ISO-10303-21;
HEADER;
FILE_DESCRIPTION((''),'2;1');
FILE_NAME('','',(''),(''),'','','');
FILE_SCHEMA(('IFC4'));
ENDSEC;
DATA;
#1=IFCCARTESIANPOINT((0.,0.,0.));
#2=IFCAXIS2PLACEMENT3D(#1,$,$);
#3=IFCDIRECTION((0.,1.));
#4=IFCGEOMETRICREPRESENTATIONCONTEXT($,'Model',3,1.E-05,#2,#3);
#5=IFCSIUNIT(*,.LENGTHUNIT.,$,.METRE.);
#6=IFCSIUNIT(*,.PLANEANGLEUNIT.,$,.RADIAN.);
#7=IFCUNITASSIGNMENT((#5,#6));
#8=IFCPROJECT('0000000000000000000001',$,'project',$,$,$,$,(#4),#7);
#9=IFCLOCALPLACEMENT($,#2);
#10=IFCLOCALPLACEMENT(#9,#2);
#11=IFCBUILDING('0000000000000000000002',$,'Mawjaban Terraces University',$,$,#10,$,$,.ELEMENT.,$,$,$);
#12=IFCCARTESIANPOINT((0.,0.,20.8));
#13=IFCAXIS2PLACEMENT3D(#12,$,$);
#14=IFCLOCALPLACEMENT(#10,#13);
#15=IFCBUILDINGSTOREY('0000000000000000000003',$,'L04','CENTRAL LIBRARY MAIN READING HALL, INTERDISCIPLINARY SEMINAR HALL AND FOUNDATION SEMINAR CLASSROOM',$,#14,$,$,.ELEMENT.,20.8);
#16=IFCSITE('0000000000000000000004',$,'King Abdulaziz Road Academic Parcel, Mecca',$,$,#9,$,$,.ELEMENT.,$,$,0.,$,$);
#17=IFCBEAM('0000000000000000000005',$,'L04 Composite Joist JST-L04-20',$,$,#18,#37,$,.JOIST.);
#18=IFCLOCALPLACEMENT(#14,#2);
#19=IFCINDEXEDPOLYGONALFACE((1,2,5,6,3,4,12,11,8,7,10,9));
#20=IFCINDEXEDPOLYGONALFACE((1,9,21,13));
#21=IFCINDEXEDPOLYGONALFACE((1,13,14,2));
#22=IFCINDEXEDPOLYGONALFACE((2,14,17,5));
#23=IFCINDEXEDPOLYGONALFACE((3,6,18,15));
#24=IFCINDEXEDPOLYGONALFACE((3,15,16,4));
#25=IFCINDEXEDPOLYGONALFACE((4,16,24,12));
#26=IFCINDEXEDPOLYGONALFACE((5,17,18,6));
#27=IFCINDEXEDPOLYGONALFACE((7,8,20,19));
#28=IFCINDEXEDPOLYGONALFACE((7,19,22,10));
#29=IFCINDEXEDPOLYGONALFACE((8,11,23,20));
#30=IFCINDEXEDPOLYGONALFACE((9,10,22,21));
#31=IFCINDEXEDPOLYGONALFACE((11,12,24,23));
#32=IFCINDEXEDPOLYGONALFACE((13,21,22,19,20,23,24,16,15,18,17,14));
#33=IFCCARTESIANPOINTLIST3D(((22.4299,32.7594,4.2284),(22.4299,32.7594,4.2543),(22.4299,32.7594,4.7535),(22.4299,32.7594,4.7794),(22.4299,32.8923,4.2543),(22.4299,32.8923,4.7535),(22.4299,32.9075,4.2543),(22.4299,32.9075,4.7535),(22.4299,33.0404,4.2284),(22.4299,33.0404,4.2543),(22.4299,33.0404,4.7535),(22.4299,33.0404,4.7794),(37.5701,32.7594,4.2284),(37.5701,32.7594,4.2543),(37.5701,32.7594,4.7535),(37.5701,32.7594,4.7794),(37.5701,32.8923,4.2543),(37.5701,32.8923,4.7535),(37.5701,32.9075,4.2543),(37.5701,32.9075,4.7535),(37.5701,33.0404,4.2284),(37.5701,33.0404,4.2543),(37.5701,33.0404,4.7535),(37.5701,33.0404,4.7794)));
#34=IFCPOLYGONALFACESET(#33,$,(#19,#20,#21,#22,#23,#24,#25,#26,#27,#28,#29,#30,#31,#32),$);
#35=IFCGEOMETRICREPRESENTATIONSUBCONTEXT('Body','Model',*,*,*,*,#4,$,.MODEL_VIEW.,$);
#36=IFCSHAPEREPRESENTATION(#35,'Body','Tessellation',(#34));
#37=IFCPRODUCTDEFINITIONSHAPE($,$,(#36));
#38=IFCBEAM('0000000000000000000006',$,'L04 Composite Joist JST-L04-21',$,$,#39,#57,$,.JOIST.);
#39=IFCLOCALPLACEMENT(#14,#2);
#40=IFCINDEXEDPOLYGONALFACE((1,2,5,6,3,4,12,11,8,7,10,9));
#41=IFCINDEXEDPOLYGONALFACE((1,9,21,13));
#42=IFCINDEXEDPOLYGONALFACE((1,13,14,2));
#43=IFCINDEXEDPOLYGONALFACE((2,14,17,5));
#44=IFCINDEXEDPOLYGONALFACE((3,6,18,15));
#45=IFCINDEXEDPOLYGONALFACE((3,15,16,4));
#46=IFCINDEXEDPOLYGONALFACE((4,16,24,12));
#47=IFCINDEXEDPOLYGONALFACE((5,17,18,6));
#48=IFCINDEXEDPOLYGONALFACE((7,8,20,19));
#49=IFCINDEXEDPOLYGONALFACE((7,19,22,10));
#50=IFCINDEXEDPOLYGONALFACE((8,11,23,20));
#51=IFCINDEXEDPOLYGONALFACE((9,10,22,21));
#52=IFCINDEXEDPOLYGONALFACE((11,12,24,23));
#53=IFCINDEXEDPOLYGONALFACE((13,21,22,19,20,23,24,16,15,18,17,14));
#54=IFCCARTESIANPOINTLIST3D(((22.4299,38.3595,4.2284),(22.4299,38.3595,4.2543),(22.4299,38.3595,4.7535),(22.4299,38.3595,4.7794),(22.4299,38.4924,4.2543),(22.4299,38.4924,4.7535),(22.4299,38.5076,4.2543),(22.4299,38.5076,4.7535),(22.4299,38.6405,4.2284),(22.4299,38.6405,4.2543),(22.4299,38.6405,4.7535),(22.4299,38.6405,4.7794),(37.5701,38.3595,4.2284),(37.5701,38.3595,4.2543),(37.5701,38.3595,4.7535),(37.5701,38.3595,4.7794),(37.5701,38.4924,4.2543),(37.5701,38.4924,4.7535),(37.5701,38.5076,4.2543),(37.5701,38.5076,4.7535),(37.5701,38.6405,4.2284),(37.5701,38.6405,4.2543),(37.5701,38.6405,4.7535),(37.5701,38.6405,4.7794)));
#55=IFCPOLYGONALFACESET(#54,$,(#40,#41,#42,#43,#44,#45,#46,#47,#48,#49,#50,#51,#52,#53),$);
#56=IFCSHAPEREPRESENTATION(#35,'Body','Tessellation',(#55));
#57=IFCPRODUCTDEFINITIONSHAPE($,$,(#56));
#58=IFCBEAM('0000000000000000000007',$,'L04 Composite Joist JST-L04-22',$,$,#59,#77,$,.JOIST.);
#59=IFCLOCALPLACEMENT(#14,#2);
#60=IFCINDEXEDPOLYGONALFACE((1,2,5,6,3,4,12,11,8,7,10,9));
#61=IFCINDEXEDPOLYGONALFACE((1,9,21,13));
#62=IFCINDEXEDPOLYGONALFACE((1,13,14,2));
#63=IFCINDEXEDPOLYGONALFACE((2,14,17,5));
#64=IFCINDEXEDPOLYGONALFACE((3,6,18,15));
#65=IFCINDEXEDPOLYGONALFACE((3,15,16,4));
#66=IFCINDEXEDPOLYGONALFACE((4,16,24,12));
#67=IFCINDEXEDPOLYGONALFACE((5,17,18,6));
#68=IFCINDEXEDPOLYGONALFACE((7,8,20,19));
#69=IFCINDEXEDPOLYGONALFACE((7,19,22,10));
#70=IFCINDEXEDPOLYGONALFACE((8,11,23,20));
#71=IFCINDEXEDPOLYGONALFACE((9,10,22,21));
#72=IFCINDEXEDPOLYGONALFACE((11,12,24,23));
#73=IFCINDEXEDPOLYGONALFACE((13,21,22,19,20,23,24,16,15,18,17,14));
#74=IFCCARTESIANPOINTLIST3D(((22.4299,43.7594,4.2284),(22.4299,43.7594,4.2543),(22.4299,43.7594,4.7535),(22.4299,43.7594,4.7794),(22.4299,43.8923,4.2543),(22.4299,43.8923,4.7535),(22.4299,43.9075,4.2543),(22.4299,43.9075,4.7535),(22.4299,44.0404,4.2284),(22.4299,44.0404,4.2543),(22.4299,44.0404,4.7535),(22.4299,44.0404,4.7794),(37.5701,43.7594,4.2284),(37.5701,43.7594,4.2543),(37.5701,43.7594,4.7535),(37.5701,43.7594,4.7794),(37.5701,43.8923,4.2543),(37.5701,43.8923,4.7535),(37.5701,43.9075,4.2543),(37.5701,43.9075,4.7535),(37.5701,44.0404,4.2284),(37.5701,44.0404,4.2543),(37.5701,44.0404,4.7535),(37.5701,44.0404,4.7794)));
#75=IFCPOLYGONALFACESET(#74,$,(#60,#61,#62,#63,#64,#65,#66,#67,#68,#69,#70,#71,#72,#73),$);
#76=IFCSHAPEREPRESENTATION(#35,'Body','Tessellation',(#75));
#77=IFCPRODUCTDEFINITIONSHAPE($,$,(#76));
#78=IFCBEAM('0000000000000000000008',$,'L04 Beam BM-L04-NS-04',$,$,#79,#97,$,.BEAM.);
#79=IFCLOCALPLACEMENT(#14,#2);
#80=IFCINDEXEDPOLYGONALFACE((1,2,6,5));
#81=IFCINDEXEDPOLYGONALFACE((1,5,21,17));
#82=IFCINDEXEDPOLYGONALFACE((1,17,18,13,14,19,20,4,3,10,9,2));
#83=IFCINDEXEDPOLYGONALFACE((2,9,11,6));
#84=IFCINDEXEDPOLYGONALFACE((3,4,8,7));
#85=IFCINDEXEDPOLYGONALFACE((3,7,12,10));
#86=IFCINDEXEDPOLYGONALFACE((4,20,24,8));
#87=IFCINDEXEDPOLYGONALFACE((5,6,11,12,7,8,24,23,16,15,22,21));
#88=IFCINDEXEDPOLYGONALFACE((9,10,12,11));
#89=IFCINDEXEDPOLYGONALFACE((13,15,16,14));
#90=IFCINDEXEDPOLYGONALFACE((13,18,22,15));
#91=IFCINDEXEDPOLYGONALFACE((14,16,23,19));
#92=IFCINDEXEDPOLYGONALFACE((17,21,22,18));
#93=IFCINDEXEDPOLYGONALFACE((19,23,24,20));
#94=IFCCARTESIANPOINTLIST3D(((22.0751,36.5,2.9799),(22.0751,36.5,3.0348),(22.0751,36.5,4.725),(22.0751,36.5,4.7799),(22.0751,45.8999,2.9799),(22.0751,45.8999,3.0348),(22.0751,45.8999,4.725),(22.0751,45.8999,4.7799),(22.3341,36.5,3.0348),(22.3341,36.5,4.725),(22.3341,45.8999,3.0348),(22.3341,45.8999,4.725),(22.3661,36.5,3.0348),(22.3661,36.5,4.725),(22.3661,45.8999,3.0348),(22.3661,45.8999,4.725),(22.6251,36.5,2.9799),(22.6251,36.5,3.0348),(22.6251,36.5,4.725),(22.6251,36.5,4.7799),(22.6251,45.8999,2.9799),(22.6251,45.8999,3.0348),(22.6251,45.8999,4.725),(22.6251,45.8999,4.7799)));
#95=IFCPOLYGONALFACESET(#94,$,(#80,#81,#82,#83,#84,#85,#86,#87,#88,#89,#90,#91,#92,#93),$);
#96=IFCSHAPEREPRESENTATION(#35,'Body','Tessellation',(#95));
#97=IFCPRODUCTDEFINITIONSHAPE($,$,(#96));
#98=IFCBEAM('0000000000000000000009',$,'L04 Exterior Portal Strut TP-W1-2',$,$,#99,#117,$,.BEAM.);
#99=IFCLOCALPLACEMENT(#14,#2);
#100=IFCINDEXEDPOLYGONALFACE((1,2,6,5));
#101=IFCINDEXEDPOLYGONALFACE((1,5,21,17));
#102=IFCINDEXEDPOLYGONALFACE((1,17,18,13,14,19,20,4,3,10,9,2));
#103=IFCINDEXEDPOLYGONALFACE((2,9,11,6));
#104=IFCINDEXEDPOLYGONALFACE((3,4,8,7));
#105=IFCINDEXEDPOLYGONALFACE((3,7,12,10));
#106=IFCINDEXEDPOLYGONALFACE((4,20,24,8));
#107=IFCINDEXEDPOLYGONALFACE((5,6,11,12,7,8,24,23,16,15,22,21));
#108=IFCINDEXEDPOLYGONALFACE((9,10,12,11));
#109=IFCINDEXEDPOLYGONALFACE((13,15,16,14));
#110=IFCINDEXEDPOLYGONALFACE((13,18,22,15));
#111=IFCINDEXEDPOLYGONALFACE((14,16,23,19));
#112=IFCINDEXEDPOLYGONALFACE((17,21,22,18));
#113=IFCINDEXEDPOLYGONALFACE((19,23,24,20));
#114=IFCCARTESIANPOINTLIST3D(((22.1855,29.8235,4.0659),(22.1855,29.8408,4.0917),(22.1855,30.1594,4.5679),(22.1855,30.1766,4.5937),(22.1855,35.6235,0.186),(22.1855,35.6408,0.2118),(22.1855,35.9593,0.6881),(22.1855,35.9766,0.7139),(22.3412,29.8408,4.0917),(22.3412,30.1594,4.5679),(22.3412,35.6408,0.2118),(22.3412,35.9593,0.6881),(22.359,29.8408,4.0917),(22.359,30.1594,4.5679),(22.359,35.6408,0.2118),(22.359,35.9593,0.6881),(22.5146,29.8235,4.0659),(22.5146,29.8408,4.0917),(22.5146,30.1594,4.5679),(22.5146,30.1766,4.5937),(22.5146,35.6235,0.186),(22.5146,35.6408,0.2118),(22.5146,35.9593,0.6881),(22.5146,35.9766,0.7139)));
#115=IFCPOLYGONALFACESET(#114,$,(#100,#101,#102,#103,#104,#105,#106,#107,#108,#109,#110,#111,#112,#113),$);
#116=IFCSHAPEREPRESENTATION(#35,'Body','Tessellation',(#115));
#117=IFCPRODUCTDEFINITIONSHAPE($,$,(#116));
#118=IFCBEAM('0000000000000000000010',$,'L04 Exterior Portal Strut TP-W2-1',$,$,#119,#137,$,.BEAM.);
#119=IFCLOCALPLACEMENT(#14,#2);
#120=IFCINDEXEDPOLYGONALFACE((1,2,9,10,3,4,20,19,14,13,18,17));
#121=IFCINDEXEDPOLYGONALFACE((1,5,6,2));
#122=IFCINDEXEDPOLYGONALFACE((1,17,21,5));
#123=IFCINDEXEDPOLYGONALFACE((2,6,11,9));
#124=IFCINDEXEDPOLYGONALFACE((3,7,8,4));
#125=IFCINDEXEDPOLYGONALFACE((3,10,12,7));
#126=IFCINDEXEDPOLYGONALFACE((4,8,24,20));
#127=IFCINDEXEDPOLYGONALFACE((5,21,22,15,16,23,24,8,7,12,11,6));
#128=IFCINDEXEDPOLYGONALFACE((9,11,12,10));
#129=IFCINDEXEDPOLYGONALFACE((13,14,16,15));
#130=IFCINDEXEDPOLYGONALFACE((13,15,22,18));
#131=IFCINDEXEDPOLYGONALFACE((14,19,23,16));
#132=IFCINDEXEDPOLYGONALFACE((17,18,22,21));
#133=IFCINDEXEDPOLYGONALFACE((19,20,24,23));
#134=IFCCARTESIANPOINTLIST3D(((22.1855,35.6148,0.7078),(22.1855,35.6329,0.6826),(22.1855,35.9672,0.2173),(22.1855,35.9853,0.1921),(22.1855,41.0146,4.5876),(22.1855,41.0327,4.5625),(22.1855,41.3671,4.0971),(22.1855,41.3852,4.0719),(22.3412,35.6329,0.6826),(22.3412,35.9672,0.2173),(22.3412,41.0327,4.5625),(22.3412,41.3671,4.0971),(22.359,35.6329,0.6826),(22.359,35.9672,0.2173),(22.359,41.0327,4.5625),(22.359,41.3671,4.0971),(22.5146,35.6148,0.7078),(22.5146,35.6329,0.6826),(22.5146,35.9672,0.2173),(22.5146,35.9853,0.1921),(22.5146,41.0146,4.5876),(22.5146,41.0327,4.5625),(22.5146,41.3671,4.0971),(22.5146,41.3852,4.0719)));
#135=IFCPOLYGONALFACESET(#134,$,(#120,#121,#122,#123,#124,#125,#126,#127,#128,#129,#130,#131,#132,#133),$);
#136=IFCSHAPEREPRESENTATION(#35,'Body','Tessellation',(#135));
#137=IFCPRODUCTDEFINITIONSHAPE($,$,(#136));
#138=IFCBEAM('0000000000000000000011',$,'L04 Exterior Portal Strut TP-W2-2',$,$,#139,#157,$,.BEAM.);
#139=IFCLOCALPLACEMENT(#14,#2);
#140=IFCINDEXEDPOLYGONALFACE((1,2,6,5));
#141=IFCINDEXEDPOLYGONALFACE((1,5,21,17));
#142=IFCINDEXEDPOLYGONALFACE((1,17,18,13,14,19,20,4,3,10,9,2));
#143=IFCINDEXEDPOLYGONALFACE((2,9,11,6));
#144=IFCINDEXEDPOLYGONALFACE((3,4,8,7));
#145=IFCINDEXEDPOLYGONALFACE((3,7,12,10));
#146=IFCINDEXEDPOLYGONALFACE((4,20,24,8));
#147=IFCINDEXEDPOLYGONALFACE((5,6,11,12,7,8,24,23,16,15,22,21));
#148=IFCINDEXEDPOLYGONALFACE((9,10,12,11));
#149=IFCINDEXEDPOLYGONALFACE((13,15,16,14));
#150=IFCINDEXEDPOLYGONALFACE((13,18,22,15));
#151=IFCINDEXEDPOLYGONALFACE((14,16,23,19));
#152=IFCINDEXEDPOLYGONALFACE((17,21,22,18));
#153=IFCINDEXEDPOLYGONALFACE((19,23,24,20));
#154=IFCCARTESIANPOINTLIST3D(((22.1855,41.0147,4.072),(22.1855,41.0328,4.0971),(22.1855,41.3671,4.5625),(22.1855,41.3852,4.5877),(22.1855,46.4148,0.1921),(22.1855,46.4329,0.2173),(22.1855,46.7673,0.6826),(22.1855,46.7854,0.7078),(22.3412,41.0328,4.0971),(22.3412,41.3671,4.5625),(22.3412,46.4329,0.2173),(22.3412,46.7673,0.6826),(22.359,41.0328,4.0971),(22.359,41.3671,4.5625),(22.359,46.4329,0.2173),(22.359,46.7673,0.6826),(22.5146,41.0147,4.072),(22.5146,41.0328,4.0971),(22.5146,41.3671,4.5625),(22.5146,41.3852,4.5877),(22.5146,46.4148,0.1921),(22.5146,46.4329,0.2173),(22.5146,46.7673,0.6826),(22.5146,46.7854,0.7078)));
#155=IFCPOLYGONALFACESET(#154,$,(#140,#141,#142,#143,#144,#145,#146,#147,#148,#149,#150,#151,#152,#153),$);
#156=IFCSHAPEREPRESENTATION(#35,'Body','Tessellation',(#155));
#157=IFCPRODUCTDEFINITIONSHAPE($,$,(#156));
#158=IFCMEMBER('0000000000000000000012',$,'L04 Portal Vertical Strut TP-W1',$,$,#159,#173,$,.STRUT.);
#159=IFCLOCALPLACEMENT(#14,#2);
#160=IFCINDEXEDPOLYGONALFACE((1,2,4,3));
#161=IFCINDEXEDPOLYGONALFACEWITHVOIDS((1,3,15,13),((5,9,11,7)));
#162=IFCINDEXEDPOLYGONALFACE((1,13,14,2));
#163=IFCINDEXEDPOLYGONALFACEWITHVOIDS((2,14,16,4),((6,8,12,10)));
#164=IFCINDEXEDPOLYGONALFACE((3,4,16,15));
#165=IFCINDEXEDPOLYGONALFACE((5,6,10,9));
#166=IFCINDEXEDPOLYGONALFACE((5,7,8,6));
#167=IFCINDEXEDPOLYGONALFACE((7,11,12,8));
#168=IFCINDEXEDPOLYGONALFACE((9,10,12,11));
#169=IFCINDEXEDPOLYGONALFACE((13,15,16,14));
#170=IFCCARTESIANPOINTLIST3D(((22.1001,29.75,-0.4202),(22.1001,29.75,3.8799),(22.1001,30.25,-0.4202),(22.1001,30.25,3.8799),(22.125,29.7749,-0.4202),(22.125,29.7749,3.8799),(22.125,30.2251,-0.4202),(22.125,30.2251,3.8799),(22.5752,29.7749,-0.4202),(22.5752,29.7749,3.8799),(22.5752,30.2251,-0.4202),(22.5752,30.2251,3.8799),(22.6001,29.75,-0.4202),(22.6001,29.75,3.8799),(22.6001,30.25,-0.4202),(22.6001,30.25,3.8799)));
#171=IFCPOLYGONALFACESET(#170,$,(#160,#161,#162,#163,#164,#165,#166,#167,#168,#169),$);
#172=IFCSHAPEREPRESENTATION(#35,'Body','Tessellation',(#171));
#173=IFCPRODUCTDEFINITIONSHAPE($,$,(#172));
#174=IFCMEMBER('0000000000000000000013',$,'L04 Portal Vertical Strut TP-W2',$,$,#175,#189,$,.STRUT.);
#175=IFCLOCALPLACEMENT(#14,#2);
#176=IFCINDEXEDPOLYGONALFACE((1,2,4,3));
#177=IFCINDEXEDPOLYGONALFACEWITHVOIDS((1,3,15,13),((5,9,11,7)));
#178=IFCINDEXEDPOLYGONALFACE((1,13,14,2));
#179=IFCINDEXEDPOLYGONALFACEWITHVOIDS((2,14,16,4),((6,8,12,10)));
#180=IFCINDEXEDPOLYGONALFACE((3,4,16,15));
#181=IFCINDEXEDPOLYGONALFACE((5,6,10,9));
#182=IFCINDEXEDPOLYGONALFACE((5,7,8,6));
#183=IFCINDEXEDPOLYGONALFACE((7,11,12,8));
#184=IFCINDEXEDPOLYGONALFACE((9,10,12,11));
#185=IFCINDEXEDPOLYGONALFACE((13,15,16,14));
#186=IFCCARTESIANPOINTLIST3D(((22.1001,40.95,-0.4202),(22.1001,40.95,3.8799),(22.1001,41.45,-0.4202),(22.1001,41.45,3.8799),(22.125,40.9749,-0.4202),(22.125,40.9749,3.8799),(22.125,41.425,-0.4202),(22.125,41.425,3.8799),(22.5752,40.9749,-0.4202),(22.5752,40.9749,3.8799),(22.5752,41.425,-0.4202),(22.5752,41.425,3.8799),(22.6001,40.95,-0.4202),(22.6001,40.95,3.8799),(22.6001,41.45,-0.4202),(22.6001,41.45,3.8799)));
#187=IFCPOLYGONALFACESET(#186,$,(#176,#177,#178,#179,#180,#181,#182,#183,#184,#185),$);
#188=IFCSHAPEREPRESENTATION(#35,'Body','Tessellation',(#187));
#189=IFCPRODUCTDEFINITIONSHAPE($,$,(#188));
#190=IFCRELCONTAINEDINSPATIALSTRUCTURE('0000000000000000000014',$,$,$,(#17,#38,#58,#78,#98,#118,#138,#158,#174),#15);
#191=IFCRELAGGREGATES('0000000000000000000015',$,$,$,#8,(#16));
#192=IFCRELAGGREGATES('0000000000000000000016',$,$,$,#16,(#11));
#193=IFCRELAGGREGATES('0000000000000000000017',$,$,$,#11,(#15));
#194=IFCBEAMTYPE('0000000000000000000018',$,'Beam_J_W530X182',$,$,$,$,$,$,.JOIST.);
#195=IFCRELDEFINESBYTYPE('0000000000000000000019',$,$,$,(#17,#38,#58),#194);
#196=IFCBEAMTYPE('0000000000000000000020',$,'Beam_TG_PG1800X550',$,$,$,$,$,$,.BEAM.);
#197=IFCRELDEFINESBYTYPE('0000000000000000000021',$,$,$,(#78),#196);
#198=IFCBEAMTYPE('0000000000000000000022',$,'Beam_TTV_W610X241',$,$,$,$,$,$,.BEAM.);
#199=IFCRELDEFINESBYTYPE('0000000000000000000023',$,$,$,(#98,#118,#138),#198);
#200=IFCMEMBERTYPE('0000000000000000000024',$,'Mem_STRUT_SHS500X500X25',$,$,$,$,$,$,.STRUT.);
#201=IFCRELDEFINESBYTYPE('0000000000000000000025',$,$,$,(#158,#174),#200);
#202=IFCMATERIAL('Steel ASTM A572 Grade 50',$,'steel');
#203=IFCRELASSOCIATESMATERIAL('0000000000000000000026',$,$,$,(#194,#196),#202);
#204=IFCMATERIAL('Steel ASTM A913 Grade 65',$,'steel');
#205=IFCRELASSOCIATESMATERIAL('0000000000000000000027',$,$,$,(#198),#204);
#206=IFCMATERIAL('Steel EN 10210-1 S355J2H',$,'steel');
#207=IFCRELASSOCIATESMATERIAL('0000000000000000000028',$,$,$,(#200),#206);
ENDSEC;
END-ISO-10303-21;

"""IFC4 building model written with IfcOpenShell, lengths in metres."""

from ifc_helpers import new_model, si_unit, direction, frame, origin, origin_2d, place, context, subcontext, project, spatial, hollow_rectangle, i_section, extrude, material, material_profile, profile_set, type_object, element, save


model = new_model("IFC4")

# Units and contexts
model_context = context("Model", 3, precision=1e-05, world=origin(), true_north=direction((0.0, 1.0)))
body_context = subcontext(model_context, "Body", "Model", "MODEL_VIEW")
ifc_project = project(units=[si_unit("LENGTHUNIT", "METRE"), si_unit("PLANEANGLEUNIT", "RADIAN")], contexts=[model_context])

# Site, building, storey
site_placement = place(None, origin())
site = spatial("IfcSite", under=ifc_project, at=site_placement, Name="King Abdulaziz Road Academic Parcel, Mecca", CompositionType="ELEMENT", RefElevation=0.0)
building_placement = place(site_placement, origin())
building = spatial("IfcBuilding", under=site, at=building_placement, Name="Mawjaban Terraces University", CompositionType="ELEMENT")
storey_placement = place(building_placement, frame((0.0, 0.0, 20.8)))
storey = spatial("IfcBuildingStorey", under=building, at=storey_placement, Name="L04", Description="CENTRAL LIBRARY MAIN READING HALL, INTERDISCIPLINARY SEMINAR HALL AND FOUNDATION SEMINAR CLASSROOM", CompositionType="ELEMENT", Elevation=20.8)

# Beams
ifc_material_1 = material(Name="Steel EN 10210-1 S355J2H", Category="steel")
ifc_material_2 = material(Name="Steel ASTM A913 Grade 65", Category="steel")
ifc_material_3 = material(Name="Steel ASTM A572 Grade 50", Category="steel")
ifc_material_profile_1 = material_profile(ifc_material_3, i_section(OverallWidth=0.281, OverallDepth=0.551, WebThickness=0.0151, FlangeThickness=0.0259, at=origin_2d()), Name="W530X182")
ifc_profile_set_1 = profile_set([ifc_material_profile_1], Name="Steel ASTM A572 Grade 50")
beam_type_1 = type_object("IfcBeamType", Name="Beam_J_W530X182", PredefinedType="JOIST", material=ifc_profile_set_1)
for number, where, z_axis, x_axis, name in (
    (1, (22.4299, 32.8999, 4.5039), (1.0, 0.0, 0.0), (0.0, 1.0, 0.0), "L04 Composite Joist JST-L04-20"),
    (2, (22.4299, 38.5, 4.5039), (1.0, 0.0, 0.0), (0.0, 1.0, 0.0), "L04 Composite Joist JST-L04-21"),
    (3, (22.4299, 43.8999, 4.5039), (1.0, 0.0, 0.0), (0.0, 1.0, 0.0), "L04 Composite Joist JST-L04-22"),
):
    element("IfcBeam", number, at=place(storey_placement, frame(where, z_axis=z_axis, x_axis=x_axis)), inside=storey, type_object=beam_type_1, Name=name, PredefinedType="JOIST", context=body_context, shape_type="SweptSolid", body=[
        extrude(i_section(OverallWidth=0.281, OverallDepth=0.551, WebThickness=0.0151, FlangeThickness=0.0259, at=origin_2d()), origin(), (0.0, 0.0, 1.0), 15.1401),
    ])
ifc_material_profile_2 = material_profile(ifc_material_3, i_section(OverallWidth=0.55, OverallDepth=1.8, WebThickness=0.032, FlangeThickness=0.0549, at=origin_2d()), Name="PG1800X550")
ifc_profile_set_2 = profile_set([ifc_material_profile_2], Name="Steel ASTM A572 Grade 50")
beam_type_2 = type_object("IfcBeamType", Name="Beam_TG_PG1800X550", PredefinedType="BEAM", material=ifc_profile_set_2)
beam_1_placement = place(storey_placement, frame((22.3501, 36.5, 3.8799), z_axis=(0.0, 1.0, 0.0), x_axis=(-1.0, 0.0, 0.0)))
element("IfcBeam", 4, at=beam_1_placement, inside=storey, type_object=beam_type_2, Name="L04 Beam BM-L04-NS-04", PredefinedType="BEAM", context=body_context, shape_type="SweptSolid", body=[
    extrude(i_section(OverallWidth=0.55, OverallDepth=1.8, WebThickness=0.032, FlangeThickness=0.0549, at=origin_2d()), origin(), (0.0, 0.0, 1.0), 9.3999),
])
ifc_material_profile_3 = material_profile(ifc_material_2, i_section(OverallWidth=0.3291, OverallDepth=0.635, WebThickness=0.0178, FlangeThickness=0.031, at=origin_2d()), Name="W610X241")
ifc_profile_set_3 = profile_set([ifc_material_profile_3], Name="Steel ASTM A913 Grade 65")
beam_type_3 = type_object("IfcBeamType", Name="Beam_TTV_W610X241", PredefinedType="BEAM", material=ifc_profile_set_3)
beam_2_placement = place(storey_placement, frame((22.3501, 35.8, 0.45), z_axis=(0.0, -0.831177, 0.556007), x_axis=(1.0, 0.0, 0.0)))
element("IfcBeam", 5, at=beam_2_placement, inside=storey, type_object=beam_type_3, Name="L04 Exterior Portal Strut TP-W1-2", PredefinedType="BEAM", context=body_context, shape_type="SweptSolid", body=[
    extrude(i_section(OverallWidth=0.3291, OverallDepth=0.635, WebThickness=0.0178, FlangeThickness=0.031, at=origin_2d()), origin(), (0.0, 0.0, 1.0), 6.978),
])
beam_3_placement = place(storey_placement, frame((22.3501, 35.8, 0.45), z_axis=(0.0, 0.812108, 0.583507), x_axis=(-1.0, 0.0, 0.0)))
element("IfcBeam", 6, at=beam_3_placement, inside=storey, type_object=beam_type_3, Name="L04 Exterior Portal Strut TP-W2-1", PredefinedType="BEAM", context=body_context, shape_type="SweptSolid", body=[
    extrude(i_section(OverallWidth=0.3291, OverallDepth=0.635, WebThickness=0.0178, FlangeThickness=0.031, at=origin_2d()), origin(), (0.0, 0.0, 1.0), 6.6492),
])
beam_4_placement = place(storey_placement, frame((22.3501, 46.6001, 0.45), z_axis=(0.0, -0.81212, 0.58349), x_axis=(1.0, 0.0, 0.0)))
element("IfcBeam", 7, at=beam_4_placement, inside=storey, type_object=beam_type_3, Name="L04 Exterior Portal Strut TP-W2-2", PredefinedType="BEAM", context=body_context, shape_type="SweptSolid", body=[
    extrude(i_section(OverallWidth=0.3291, OverallDepth=0.635, WebThickness=0.0178, FlangeThickness=0.031, at=origin_2d()), origin(), (0.0, 0.0, 1.0), 6.6494),
])

# Members
ifc_material_profile_4 = material_profile(ifc_material_1, hollow_rectangle(XDim=0.5, YDim=0.5, WallThickness=0.0249, at=origin_2d()), Name="SHS500X500X25")
ifc_profile_set_4 = profile_set([ifc_material_profile_4], Name="Steel EN 10210-1 S355J2H")
member_type = type_object("IfcMemberType", Name="Mem_STRUT_SHS500X500X25", PredefinedType="STRUT", material=ifc_profile_set_4)
for number, where, z_axis, x_axis, name in (
    (8, (22.3501, 30.0, -0.4202), (0.0, 0.0, 1.0), (1.0, 0.0, 0.0), "L04 Portal Vertical Strut TP-W1"),
    (9, (22.3501, 41.2, -0.4202), (0.0, 0.0, 1.0), (1.0, 0.0, 0.0), "L04 Portal Vertical Strut TP-W2"),
):
    element("IfcMember", number, at=place(storey_placement, frame(where, z_axis=z_axis, x_axis=x_axis)), inside=storey, type_object=member_type, Name=name, PredefinedType="STRUT", context=body_context, shape_type="SweptSolid", body=[
        extrude(hollow_rectangle(XDim=0.5, YDim=0.5, WallThickness=0.0249, at=origin_2d()), origin(), (0.0, 0.0, 1.0), 4.3),
    ])

save(model, "model.ifc")
